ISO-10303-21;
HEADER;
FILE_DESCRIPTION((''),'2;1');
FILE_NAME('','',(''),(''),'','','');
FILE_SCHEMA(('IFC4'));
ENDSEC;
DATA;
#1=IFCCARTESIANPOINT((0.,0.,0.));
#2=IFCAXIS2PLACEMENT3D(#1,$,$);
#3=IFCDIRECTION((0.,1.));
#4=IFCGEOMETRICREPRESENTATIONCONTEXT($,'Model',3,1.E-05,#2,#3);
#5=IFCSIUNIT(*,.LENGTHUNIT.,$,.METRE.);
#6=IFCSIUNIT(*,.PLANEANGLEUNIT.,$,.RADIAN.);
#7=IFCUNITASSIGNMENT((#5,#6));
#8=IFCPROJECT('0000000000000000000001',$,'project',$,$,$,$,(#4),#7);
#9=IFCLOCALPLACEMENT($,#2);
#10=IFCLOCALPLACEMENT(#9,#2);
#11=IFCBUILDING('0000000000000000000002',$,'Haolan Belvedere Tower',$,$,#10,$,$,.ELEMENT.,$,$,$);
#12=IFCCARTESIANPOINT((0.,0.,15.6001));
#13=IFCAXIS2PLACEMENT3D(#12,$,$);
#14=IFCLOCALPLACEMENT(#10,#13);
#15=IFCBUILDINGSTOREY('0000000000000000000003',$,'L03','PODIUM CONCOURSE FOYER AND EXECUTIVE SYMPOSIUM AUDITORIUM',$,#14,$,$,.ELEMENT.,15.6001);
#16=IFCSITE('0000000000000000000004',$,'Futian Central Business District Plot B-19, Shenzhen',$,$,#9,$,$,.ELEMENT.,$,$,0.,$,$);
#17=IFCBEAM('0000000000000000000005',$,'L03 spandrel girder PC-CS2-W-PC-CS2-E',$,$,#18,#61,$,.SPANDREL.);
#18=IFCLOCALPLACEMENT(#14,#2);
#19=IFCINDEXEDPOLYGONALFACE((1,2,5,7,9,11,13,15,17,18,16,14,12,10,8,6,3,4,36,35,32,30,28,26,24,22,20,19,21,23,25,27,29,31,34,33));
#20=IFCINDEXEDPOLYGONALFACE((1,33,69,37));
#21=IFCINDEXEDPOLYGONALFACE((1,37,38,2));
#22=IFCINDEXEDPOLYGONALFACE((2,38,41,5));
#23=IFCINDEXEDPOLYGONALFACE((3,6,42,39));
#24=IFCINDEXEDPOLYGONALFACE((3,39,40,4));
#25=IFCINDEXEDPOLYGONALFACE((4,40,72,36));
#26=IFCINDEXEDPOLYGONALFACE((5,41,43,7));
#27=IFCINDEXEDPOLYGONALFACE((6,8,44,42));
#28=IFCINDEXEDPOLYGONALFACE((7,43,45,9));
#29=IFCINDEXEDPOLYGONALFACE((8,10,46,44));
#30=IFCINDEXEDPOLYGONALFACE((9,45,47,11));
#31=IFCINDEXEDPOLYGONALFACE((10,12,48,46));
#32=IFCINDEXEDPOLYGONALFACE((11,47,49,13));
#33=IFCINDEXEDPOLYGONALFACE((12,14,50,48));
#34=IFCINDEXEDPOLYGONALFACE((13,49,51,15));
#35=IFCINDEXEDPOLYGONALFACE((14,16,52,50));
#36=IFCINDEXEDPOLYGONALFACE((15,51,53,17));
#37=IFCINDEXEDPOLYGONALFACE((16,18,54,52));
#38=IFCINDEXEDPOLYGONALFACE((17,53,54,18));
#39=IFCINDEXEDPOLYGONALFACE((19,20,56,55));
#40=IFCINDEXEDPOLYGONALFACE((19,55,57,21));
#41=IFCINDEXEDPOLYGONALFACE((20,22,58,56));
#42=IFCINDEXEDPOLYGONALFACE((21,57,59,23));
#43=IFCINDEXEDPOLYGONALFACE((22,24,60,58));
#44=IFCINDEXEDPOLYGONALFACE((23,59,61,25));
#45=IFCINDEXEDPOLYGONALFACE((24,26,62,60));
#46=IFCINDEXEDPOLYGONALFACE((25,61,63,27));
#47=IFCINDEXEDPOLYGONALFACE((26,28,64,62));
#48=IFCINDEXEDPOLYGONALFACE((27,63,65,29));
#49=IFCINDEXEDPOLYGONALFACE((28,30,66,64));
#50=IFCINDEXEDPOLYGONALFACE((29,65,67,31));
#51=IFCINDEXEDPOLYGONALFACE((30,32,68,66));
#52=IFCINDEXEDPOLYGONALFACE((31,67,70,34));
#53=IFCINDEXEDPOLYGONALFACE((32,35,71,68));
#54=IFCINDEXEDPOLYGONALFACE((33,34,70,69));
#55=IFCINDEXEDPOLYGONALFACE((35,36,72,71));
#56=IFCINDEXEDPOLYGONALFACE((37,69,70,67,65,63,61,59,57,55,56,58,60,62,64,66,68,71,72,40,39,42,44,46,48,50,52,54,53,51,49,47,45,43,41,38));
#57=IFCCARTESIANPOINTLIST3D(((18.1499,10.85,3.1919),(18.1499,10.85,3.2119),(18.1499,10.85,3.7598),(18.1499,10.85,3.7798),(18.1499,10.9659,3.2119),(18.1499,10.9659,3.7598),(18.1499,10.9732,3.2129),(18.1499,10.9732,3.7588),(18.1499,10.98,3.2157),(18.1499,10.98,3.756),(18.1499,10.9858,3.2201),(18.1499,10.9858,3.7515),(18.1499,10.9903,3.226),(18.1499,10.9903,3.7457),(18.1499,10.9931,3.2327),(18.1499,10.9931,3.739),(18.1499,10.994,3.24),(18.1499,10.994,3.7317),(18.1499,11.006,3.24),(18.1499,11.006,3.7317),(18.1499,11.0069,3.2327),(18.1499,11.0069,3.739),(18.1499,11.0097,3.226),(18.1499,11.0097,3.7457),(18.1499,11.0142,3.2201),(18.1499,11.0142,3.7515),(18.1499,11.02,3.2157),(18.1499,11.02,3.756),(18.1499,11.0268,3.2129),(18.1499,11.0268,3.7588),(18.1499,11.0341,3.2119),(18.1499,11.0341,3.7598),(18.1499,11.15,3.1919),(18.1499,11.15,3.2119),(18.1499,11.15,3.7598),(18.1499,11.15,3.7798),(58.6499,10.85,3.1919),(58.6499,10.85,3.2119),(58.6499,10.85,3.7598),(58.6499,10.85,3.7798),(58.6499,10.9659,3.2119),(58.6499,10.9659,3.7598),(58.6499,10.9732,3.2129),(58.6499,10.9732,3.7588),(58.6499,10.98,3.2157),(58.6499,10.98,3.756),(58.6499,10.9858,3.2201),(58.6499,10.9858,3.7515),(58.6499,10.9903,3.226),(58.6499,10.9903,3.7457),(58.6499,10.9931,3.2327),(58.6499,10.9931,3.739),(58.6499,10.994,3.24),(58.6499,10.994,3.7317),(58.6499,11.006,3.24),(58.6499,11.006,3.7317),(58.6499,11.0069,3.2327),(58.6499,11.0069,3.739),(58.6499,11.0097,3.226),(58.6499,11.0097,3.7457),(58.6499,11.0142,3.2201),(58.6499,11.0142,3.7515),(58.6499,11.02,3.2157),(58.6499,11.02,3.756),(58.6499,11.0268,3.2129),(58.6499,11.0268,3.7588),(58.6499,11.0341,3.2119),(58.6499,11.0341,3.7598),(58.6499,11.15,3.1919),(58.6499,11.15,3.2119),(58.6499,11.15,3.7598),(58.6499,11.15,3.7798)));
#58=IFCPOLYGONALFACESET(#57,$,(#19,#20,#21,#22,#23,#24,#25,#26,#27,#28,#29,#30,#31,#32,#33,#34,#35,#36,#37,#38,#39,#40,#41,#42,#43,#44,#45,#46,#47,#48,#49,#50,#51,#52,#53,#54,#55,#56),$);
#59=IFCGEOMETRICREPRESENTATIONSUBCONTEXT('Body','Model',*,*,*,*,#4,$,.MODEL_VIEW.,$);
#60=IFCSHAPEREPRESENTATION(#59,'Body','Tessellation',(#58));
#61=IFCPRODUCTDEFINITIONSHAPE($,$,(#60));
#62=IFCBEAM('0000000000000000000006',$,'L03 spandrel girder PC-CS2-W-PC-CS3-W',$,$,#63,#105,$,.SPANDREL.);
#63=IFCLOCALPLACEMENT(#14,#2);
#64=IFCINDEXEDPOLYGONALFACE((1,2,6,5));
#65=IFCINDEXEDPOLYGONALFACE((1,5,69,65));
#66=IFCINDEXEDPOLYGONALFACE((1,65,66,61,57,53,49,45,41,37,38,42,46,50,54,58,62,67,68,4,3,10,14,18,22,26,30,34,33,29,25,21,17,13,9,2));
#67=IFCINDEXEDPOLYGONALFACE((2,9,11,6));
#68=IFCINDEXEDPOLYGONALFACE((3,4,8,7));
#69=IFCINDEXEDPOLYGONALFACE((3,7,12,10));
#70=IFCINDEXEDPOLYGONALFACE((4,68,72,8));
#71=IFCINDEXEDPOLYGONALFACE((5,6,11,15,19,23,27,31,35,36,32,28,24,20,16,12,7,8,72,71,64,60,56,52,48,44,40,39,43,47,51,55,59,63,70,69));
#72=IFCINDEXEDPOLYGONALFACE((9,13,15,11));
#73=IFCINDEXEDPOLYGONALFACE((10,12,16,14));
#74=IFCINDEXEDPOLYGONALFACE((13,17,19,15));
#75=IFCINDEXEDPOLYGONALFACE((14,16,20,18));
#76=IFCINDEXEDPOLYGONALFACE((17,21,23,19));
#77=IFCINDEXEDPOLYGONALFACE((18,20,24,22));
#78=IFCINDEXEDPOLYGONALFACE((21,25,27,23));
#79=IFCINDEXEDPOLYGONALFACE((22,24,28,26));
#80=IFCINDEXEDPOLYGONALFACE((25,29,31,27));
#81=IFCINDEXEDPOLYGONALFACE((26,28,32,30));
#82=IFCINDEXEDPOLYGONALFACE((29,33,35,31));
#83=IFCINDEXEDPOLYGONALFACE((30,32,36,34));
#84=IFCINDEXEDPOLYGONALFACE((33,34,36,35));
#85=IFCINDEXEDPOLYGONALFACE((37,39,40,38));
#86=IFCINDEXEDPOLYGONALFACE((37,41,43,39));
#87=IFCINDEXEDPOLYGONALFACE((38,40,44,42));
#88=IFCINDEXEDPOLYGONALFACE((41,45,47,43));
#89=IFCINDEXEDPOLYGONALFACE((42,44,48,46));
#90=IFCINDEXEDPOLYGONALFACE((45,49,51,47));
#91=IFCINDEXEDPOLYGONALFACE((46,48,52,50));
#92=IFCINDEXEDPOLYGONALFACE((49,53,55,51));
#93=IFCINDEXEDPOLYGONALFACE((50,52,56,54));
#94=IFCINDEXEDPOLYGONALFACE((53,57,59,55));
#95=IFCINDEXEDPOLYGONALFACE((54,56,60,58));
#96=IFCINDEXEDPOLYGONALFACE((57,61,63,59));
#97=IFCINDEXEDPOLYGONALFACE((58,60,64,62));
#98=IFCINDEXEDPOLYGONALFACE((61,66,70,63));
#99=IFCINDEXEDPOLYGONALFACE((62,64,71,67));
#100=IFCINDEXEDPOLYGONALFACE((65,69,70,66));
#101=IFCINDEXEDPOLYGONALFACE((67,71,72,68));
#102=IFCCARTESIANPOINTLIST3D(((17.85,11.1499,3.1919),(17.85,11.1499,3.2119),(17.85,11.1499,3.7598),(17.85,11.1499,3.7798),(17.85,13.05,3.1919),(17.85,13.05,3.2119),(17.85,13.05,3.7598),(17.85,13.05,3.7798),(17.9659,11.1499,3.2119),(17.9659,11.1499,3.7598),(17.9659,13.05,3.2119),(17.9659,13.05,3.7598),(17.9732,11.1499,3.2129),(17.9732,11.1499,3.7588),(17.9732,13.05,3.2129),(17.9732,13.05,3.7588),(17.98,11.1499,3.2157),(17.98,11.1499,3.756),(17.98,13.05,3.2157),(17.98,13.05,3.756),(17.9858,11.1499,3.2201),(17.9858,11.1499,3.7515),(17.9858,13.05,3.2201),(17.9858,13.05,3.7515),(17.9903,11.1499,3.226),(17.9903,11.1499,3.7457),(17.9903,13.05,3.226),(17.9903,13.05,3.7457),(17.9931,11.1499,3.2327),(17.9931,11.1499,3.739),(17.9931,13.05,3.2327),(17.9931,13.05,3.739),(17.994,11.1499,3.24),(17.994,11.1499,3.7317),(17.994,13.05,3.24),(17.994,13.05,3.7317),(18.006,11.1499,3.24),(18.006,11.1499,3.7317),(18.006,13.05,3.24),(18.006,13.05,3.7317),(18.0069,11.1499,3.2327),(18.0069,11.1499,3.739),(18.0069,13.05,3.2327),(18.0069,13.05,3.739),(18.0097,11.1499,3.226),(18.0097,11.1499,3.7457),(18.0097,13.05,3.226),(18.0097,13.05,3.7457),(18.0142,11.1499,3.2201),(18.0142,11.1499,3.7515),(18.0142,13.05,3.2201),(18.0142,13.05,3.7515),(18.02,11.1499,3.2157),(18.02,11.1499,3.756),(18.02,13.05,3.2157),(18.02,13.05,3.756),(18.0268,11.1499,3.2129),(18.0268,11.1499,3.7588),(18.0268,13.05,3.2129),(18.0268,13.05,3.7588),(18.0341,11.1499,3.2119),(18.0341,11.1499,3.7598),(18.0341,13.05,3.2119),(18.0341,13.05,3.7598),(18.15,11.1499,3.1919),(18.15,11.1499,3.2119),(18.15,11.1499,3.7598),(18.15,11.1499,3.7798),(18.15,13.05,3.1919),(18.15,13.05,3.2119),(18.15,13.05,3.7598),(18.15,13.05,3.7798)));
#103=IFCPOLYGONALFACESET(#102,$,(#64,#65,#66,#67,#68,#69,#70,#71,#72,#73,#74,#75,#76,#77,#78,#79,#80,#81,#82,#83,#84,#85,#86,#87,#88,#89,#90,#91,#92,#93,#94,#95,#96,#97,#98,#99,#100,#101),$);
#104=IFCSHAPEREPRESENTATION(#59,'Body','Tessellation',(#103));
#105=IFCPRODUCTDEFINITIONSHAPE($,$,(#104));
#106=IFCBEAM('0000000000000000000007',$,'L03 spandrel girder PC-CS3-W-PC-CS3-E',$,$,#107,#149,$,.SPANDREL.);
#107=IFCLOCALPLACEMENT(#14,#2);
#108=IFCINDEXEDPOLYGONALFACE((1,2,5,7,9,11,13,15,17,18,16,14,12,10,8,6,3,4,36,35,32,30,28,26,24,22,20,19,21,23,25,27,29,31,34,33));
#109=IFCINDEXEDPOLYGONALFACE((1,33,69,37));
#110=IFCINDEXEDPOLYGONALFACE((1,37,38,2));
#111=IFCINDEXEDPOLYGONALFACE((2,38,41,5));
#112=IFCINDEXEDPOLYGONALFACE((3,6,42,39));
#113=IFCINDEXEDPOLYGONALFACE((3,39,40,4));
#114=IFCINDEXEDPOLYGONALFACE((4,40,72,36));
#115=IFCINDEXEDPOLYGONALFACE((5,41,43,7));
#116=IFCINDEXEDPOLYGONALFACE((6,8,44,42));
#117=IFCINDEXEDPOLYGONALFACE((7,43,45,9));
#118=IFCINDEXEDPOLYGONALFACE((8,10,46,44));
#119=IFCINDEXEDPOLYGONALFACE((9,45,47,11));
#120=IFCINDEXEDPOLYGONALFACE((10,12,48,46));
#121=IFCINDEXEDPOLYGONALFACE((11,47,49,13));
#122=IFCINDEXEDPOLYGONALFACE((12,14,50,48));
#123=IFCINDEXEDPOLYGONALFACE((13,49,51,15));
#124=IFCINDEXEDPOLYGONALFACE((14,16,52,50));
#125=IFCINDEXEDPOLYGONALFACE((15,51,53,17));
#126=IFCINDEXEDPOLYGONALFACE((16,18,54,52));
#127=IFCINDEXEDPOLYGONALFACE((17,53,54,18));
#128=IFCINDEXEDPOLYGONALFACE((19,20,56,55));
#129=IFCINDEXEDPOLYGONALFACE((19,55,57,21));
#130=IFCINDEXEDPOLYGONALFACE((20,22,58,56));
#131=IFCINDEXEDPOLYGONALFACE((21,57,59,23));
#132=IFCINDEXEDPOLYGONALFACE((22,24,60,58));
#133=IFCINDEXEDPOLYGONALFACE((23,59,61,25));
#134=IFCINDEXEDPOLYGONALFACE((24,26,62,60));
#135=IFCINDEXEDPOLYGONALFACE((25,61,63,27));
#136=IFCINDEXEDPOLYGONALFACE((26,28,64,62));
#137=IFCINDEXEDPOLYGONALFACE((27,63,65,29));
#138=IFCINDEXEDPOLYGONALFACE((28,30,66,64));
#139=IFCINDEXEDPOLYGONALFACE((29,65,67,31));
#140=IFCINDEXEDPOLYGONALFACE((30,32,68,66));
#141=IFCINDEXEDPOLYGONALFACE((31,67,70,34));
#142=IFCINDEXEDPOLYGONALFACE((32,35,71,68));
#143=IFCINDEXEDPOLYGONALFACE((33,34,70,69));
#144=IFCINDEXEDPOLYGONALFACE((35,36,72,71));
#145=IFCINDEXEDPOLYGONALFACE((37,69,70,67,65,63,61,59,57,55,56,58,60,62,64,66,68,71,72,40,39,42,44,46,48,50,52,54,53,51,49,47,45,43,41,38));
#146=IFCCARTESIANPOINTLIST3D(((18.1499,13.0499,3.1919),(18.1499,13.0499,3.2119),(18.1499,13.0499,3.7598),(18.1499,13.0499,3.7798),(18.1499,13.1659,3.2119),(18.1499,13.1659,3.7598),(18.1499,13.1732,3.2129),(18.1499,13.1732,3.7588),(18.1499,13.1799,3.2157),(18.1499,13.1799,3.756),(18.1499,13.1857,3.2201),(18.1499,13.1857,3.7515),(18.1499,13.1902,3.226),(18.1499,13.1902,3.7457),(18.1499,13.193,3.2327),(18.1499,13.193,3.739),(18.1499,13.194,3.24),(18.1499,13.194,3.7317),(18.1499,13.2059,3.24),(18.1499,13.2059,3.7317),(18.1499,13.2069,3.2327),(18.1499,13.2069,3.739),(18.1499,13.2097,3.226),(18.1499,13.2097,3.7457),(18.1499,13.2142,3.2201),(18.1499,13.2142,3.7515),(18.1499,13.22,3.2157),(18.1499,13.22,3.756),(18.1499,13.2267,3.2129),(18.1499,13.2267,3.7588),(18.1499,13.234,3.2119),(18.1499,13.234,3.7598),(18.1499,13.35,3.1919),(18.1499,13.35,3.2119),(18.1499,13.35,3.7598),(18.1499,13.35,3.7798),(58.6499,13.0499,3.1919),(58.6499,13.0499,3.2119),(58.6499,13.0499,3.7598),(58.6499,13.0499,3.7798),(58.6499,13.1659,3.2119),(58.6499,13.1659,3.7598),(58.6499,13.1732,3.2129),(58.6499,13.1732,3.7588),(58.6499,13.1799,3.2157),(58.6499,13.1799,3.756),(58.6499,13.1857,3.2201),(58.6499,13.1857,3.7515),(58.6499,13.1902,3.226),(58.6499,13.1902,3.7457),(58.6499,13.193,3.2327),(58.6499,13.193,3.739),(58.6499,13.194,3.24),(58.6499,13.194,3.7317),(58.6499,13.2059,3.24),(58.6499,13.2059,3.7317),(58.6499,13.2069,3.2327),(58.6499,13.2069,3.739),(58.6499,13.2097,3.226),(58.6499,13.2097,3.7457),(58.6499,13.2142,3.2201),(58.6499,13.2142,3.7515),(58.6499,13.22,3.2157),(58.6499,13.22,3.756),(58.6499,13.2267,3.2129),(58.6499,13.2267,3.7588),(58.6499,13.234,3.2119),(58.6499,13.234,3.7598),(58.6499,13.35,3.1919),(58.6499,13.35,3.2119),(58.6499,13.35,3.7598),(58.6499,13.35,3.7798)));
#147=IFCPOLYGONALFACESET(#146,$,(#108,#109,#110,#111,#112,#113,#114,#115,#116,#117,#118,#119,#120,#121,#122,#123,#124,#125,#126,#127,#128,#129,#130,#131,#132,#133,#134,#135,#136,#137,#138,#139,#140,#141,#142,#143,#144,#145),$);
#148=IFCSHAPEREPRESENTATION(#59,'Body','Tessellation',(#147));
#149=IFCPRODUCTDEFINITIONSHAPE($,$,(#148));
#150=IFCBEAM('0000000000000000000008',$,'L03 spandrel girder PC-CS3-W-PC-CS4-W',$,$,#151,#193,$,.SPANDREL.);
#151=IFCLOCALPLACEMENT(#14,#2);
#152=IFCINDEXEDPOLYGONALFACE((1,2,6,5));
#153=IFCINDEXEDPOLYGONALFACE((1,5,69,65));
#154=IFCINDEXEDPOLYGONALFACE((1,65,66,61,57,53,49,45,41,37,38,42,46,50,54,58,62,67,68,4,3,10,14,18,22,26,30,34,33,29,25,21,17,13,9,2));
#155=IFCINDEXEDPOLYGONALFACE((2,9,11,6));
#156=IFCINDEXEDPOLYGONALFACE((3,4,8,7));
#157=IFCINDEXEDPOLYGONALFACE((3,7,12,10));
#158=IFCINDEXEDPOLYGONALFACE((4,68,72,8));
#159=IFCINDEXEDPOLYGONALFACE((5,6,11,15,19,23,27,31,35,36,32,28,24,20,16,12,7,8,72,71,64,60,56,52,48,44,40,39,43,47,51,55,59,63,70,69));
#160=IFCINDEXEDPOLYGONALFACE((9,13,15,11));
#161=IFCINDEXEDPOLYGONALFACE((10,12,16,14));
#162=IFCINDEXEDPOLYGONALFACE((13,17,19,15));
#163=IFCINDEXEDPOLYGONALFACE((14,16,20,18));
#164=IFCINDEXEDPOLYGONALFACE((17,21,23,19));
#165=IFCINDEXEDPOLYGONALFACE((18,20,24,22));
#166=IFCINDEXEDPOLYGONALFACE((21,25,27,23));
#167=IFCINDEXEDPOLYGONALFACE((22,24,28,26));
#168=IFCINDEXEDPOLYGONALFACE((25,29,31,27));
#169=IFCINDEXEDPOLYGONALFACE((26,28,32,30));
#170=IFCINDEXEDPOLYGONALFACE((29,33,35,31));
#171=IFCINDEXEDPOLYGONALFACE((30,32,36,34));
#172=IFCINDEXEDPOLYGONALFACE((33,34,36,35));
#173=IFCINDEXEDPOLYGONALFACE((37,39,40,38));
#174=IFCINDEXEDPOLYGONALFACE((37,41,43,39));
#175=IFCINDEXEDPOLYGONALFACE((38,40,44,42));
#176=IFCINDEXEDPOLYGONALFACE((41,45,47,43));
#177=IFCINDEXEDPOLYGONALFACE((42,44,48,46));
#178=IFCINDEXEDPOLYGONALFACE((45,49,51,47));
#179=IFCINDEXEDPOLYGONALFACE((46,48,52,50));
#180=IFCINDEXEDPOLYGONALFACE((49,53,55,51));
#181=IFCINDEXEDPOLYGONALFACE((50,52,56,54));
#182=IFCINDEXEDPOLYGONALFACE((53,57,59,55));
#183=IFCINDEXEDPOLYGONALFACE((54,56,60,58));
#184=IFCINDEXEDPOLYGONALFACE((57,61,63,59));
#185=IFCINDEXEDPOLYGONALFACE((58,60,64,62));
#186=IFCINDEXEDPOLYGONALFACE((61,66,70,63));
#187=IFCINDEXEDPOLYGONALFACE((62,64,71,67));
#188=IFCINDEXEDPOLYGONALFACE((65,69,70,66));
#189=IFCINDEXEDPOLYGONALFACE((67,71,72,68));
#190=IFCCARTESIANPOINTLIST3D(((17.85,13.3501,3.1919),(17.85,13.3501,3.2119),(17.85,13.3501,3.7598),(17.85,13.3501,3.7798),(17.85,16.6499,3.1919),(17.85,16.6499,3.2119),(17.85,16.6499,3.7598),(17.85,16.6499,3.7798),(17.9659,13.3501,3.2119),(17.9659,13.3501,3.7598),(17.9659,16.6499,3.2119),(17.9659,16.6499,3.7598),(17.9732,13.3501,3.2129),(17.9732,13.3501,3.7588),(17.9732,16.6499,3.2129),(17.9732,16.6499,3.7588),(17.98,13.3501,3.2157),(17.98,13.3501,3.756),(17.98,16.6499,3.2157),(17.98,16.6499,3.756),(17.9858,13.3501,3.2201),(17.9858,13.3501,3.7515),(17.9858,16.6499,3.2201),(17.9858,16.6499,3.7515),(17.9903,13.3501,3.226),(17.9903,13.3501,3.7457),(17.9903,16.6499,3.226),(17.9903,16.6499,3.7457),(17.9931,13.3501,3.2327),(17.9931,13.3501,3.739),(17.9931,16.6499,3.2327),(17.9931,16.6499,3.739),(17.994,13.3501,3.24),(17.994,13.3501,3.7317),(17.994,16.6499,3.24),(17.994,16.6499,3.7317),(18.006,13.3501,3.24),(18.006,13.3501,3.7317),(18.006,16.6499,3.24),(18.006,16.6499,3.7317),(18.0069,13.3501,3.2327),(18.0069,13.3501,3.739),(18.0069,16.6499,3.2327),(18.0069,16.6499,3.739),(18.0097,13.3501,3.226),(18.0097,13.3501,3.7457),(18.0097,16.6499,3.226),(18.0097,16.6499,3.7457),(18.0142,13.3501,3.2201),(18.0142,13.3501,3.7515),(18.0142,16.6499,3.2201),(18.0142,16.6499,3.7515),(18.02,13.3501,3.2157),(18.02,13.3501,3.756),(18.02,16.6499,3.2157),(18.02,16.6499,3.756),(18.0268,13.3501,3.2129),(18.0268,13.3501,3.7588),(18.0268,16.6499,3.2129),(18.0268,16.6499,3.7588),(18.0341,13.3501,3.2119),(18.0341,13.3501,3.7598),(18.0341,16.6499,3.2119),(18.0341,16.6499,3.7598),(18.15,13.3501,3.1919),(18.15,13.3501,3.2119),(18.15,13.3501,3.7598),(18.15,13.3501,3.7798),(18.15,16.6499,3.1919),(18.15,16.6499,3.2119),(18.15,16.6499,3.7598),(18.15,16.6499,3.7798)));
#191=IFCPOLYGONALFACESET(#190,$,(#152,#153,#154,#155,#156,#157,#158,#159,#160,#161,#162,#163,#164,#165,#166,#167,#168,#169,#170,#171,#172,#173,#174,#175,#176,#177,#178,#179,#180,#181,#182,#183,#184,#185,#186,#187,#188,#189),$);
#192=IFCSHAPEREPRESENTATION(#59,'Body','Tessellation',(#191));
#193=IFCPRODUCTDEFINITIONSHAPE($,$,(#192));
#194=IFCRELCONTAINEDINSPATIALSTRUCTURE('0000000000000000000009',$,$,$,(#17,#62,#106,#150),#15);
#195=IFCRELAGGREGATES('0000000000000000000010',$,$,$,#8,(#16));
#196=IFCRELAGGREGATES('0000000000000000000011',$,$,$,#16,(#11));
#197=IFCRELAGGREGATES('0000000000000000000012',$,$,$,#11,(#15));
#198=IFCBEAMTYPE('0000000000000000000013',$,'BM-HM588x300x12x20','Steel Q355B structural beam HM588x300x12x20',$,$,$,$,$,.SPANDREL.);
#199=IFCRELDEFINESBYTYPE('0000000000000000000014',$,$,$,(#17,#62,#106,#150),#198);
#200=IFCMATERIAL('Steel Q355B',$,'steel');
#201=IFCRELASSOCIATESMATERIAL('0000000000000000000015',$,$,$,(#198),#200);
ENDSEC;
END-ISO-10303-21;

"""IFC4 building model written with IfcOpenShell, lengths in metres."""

from ifc_helpers import new_model, si_unit, direction, frame, origin, origin_2d, place, context, subcontext, project, spatial, i_section, extrude, material, material_profile, profile_set, type_object, element, save


model = new_model("IFC4")

# Units and contexts
model_context = context("Model", 3, precision=1e-05, world=origin(), true_north=direction((0.0, 1.0)))
body_context = subcontext(model_context, "Body", "Model", "MODEL_VIEW")
ifc_project = project(units=[si_unit("LENGTHUNIT", "METRE"), si_unit("PLANEANGLEUNIT", "RADIAN")], contexts=[model_context])

# Site, building, storey
site_placement = place(None, origin())
site = spatial("IfcSite", under=ifc_project, at=site_placement, Name="Futian Central Business District Plot B-19, Shenzhen", CompositionType="ELEMENT", RefElevation=0.0)
building_placement = place(site_placement, origin())
building = spatial("IfcBuilding", under=site, at=building_placement, Name="Haolan Belvedere Tower", CompositionType="ELEMENT")
storey_placement = place(building_placement, frame((0.0, 0.0, 15.6001)))
storey = spatial("IfcBuildingStorey", under=building, at=storey_placement, Name="L03", Description="PODIUM CONCOURSE FOYER AND EXECUTIVE SYMPOSIUM AUDITORIUM", CompositionType="ELEMENT", Elevation=15.6001)

# Shared definitions
ifc_material_1 = material(Name="Steel Q355B", Category="steel")

# Beams
ifc_material_profile_1 = material_profile(ifc_material_1, i_section(OverallWidth=0.3, OverallDepth=0.5879, WebThickness=0.012, FlangeThickness=0.02, FilletRadius=0.0281, at=origin_2d()), Name="Steel Q355B")
ifc_profile_set_1 = profile_set([ifc_material_profile_1], Name="Steel Q355B")
beam_type_1 = type_object("IfcBeamType", Name="BM-HM588x300x12x20", Description="Steel Q355B structural beam HM588x300x12x20", PredefinedType="SPANDREL", material=ifc_profile_set_1)
beam_1_placement = place(storey_placement, frame((18.1499, 11.0, 3.4858), z_axis=(1.0, 0.0, 0.0), x_axis=(0.0, 1.0, 0.0)))
element("IfcBeam", 1, at=beam_1_placement, inside=storey, type_object=beam_type_1, Name="L03 spandrel girder PC-CS2-W-PC-CS2-E", PredefinedType="SPANDREL", context=body_context, shape_type="SweptSolid", body=[
    extrude(i_section(OverallWidth=0.3, OverallDepth=0.5879, WebThickness=0.012, FlangeThickness=0.02, FilletRadius=0.0281, at=origin_2d()), origin(), (0.0, 0.0, 1.0), 40.5),
])
beam_2_placement = place(storey_placement, frame((18.0, 11.1499, 3.4858), z_axis=(0.0, 1.0, 0.0), x_axis=(-1.0, 0.0, 0.0)))
element("IfcBeam", 2, at=beam_2_placement, inside=storey, type_object=beam_type_1, Name="L03 spandrel girder PC-CS2-W-PC-CS3-W", PredefinedType="SPANDREL", context=body_context, shape_type="SweptSolid", body=[
    extrude(i_section(OverallWidth=0.3, OverallDepth=0.5879, WebThickness=0.012, FlangeThickness=0.02, FilletRadius=0.0281, at=origin_2d()), origin(), (0.0, 0.0, 1.0), 1.9001),
])
beam_3_placement = place(storey_placement, frame((18.1499, 13.2, 3.4858), z_axis=(1.0, 0.0, 0.0), x_axis=(0.0, 1.0, 0.0)))
element("IfcBeam", 3, at=beam_3_placement, inside=storey, type_object=beam_type_1, Name="L03 spandrel girder PC-CS3-W-PC-CS3-E", PredefinedType="SPANDREL", context=body_context, shape_type="SweptSolid", body=[
    extrude(i_section(OverallWidth=0.3, OverallDepth=0.5879, WebThickness=0.012, FlangeThickness=0.02, FilletRadius=0.0281, at=origin_2d()), origin(), (0.0, 0.0, 1.0), 40.5),
])
beam_4_placement = place(storey_placement, frame((18.0, 13.3501, 3.4858), z_axis=(0.0, 1.0, 0.0), x_axis=(-1.0, 0.0, 0.0)))
element("IfcBeam", 4, at=beam_4_placement, inside=storey, type_object=beam_type_1, Name="L03 spandrel girder PC-CS3-W-PC-CS4-W", PredefinedType="SPANDREL", context=body_context, shape_type="SweptSolid", body=[
    extrude(i_section(OverallWidth=0.3, OverallDepth=0.5879, WebThickness=0.012, FlangeThickness=0.02, FilletRadius=0.0281, at=origin_2d()), origin(), (0.0, 0.0, 1.0), 3.2998),
])

save(model, "model.ifc")
